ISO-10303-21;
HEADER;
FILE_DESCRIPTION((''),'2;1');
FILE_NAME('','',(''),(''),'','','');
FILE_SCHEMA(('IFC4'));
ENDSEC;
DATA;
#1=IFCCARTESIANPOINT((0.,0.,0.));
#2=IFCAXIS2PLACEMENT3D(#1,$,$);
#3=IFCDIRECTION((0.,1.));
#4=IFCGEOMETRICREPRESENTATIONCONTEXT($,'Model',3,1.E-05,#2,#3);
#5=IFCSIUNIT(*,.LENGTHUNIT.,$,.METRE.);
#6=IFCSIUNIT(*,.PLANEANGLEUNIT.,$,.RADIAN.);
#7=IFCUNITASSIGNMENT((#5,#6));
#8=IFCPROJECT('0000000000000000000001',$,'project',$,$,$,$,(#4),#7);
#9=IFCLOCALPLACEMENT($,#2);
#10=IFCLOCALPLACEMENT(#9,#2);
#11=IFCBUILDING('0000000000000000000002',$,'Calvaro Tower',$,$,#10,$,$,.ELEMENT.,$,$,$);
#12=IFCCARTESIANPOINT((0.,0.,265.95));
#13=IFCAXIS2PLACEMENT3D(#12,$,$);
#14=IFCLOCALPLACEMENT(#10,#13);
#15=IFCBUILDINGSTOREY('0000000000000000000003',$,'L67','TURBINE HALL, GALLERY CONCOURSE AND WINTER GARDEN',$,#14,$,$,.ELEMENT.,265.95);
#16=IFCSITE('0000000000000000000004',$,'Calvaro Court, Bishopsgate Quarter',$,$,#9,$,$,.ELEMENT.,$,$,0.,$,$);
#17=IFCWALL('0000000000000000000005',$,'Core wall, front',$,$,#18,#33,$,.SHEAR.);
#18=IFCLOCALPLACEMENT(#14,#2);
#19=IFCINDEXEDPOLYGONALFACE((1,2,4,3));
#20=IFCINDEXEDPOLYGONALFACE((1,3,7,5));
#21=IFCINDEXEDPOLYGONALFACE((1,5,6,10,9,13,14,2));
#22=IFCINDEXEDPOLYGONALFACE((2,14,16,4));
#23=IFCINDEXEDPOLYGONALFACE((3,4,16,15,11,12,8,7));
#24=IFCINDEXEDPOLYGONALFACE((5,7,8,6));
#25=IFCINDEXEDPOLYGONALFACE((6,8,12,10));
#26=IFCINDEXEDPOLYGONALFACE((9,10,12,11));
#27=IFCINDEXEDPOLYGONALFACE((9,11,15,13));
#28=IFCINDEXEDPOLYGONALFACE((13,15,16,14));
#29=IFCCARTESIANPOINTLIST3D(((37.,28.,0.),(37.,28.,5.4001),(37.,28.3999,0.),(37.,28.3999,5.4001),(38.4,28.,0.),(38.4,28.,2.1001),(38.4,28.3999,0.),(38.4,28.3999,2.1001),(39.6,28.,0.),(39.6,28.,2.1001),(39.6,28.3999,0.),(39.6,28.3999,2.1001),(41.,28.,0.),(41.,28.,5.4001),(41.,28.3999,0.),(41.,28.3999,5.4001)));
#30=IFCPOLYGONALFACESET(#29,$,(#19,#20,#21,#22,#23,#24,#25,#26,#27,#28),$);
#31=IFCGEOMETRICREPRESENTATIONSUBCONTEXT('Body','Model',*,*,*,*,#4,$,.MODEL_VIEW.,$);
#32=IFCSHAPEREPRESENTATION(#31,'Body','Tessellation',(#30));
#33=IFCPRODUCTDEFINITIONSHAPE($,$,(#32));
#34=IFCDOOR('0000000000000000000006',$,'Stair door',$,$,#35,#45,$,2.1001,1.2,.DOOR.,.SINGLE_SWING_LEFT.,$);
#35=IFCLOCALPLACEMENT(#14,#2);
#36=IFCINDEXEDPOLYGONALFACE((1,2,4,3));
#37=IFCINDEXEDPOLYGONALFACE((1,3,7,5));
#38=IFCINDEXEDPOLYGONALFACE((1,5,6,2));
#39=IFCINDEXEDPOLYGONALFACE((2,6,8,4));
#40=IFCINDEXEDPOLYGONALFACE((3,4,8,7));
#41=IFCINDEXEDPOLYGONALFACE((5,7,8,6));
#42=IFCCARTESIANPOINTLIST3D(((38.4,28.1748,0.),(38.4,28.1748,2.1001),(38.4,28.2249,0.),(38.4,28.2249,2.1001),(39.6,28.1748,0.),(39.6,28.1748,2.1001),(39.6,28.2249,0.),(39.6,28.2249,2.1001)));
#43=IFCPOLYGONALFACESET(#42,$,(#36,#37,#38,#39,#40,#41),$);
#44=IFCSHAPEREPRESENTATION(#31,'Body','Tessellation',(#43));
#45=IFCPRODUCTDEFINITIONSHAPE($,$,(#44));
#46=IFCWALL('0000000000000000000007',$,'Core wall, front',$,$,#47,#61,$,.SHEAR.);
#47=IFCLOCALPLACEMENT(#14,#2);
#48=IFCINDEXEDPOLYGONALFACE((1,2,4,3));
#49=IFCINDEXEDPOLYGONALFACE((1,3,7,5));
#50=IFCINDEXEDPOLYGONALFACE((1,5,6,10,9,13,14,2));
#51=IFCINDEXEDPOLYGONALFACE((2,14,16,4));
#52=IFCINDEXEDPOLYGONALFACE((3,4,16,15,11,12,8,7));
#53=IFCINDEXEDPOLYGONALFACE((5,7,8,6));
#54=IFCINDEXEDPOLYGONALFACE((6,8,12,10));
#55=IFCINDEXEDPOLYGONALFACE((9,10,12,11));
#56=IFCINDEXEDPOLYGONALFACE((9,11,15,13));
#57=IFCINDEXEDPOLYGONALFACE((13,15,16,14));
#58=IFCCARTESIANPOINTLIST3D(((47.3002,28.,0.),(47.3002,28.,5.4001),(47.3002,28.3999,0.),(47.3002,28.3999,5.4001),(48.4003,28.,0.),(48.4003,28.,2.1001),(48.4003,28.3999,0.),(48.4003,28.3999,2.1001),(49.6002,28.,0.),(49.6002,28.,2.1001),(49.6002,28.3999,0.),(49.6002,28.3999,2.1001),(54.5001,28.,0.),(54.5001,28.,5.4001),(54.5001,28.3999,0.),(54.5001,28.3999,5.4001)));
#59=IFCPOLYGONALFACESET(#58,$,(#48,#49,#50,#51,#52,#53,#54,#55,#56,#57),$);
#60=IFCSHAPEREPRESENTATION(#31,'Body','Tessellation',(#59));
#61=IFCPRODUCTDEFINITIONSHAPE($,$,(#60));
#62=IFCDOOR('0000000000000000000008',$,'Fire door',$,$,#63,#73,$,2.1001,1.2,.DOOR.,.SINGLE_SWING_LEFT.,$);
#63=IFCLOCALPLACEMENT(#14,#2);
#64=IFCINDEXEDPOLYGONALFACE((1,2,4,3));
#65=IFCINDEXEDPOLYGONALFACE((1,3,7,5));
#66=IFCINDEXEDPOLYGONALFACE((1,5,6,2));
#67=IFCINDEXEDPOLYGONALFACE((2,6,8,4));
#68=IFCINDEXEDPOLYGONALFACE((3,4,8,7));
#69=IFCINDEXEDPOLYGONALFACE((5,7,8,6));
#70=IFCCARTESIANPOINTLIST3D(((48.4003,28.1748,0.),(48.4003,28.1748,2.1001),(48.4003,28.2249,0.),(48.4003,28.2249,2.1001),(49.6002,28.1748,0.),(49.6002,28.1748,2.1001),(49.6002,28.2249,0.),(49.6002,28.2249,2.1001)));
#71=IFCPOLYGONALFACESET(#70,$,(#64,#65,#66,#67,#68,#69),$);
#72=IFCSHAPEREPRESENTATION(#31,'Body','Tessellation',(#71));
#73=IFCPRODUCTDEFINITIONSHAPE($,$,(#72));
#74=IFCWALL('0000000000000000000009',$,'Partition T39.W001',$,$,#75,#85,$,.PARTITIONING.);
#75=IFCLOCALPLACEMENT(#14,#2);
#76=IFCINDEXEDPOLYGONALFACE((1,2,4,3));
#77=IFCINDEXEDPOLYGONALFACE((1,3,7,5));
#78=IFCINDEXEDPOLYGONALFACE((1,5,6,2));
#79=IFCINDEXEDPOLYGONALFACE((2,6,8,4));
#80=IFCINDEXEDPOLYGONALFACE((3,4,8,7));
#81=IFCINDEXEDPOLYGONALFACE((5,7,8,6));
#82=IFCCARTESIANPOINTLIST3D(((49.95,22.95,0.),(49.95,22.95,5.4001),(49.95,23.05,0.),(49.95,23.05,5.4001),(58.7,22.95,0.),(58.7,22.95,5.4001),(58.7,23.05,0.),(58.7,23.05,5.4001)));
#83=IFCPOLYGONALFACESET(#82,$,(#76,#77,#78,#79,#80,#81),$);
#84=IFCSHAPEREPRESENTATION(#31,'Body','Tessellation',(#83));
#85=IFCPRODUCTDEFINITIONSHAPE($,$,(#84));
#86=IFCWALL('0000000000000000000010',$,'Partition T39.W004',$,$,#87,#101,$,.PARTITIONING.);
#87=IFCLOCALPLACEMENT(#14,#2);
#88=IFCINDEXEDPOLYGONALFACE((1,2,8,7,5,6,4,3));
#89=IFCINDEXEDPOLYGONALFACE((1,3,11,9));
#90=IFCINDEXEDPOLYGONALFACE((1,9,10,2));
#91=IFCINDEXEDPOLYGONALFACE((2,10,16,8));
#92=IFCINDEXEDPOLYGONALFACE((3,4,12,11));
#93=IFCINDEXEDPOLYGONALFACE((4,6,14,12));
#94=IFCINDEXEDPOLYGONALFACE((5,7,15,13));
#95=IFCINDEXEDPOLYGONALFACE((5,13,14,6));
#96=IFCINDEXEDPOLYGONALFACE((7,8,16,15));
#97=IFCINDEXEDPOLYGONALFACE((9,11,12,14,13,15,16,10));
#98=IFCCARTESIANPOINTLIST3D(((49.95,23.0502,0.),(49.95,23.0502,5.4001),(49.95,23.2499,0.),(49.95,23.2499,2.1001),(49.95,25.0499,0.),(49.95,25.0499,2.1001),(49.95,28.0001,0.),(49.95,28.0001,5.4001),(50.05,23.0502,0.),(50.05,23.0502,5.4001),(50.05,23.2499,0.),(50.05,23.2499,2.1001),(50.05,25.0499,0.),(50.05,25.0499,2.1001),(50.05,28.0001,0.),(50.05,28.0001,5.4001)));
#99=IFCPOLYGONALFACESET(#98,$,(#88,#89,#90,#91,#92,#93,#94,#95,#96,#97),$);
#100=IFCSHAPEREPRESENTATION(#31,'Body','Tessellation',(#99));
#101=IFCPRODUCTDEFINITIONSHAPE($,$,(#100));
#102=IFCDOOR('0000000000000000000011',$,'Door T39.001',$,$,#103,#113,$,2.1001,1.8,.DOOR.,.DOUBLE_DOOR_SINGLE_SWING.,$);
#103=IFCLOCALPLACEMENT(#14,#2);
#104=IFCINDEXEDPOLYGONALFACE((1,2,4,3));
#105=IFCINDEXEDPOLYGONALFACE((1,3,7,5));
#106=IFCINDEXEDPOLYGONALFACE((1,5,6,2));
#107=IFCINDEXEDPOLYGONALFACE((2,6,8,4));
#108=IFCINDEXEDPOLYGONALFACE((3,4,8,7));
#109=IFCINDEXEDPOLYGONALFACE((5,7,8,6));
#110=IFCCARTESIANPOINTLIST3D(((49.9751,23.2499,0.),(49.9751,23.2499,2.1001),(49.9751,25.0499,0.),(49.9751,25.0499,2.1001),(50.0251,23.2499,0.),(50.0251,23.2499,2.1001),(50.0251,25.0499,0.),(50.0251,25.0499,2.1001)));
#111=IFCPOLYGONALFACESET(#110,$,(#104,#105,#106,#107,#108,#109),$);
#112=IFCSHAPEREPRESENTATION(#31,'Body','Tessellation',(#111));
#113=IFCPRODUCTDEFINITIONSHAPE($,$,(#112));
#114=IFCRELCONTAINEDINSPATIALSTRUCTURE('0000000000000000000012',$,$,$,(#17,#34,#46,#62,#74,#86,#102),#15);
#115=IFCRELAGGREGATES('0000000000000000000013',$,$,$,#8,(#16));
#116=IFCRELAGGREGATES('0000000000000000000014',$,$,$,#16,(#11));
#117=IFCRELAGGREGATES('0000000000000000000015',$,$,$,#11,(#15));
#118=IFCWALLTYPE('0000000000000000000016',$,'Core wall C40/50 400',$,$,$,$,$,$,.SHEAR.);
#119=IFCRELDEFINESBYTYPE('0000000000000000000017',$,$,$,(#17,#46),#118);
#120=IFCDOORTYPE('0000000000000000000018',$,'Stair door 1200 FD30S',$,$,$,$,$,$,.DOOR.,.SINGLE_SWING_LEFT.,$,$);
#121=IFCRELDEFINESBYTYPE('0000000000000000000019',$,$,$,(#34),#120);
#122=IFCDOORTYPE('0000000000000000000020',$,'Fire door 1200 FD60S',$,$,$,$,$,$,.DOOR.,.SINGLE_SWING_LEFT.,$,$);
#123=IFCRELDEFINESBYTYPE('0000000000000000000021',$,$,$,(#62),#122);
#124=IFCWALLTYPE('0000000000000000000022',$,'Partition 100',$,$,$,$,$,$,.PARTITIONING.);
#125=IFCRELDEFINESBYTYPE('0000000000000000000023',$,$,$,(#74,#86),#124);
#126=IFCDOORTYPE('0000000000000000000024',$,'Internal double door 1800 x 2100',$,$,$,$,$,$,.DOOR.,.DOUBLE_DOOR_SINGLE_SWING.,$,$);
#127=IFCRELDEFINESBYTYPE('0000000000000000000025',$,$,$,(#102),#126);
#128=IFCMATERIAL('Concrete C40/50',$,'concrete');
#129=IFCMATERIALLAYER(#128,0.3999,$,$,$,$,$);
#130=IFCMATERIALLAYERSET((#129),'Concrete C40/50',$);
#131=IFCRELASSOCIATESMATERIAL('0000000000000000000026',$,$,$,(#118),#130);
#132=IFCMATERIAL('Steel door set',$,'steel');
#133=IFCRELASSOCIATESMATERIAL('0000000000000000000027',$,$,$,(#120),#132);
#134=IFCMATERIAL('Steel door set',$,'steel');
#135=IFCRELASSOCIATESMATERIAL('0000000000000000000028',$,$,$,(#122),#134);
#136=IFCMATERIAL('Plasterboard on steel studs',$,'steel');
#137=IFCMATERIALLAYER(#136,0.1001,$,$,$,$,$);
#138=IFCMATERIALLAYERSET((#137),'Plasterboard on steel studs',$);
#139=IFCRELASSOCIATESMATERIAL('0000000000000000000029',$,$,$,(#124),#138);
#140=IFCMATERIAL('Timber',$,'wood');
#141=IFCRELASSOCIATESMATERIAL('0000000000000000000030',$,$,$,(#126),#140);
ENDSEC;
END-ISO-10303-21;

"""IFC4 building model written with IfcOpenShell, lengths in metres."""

from ifc_helpers import new_model, si_unit, direction, frame, frame_2d, origin, place, context, subcontext, project, spatial, rectangle, extrude, material, layer, layer_set, type_object, element, fill, save


model = new_model("IFC4")

# Units and contexts
model_context = context("Model", 3, precision=1e-05, world=origin(), true_north=direction((0.0, 1.0)))
body_context = subcontext(model_context, "Body", "Model", "MODEL_VIEW")
ifc_project = project(units=[si_unit("LENGTHUNIT", "METRE"), si_unit("PLANEANGLEUNIT", "RADIAN")], contexts=[model_context])

# Site, building, storey
site_placement = place(None, origin())
site = spatial("IfcSite", under=ifc_project, at=site_placement, Name="Calvaro Court, Bishopsgate Quarter", CompositionType="ELEMENT", RefElevation=0.0)
building_placement = place(site_placement, origin())
building = spatial("IfcBuilding", under=site, at=building_placement, Name="Calvaro Tower", CompositionType="ELEMENT")
storey_placement = place(building_placement, frame((0.0, 0.0, 265.95)))
storey = spatial("IfcBuildingStorey", under=building, at=storey_placement, Name="L67", Description="TURBINE HALL, GALLERY CONCOURSE AND WINTER GARDEN", CompositionType="ELEMENT", Elevation=265.95)

# Walls, openings, doors
ifc_material_1 = material(Name="Concrete C40/50", Category="concrete")
ifc_layer_1 = layer(ifc_material_1, 0.3999)
ifc_layer_set_1 = layer_set([ifc_layer_1], Name="Concrete C40/50")
wall_type_1 = type_object("IfcWallType", Name="Core wall C40/50 400", PredefinedType="SHEAR", material=ifc_layer_set_1)
wall_1_placement = place(storey_placement, frame((37.0, 28.2, 0.0), z_axis=(0.0, 0.0, 1.0), x_axis=(1.0, 0.0, 0.0)))
wall_1 = element("IfcWall", 1, at=wall_1_placement, inside=storey, type_object=wall_type_1, Name="Core wall, front", PredefinedType="SHEAR", context=body_context, shape_type="SweptSolid", body=[
    extrude(rectangle(XDim=4.0, YDim=0.3999, at=frame_2d((2.0, 0.0))), origin(), (0.0, 0.0, 1.0), 5.4001),
])
opening_1_placement = place(wall_1_placement, frame((1.3999, 0.0, 0.0)))
opening_1 = element("IfcOpeningElement", 2, at=opening_1_placement, cuts=wall_1, PredefinedType="OPENING", context=body_context, shape_type="SweptSolid", body=[
    extrude(rectangle(XDim=1.2, YDim=2.1001, at=frame_2d((0.6001, 1.05))), frame((0.0, 0.21, 0.0), z_axis=(0.0, -1.0, 0.0), x_axis=(1.0, 0.0, 0.0)), (0.0, 0.0, 1.0), 0.4199),
])
ifc_material_2 = material(Name="Steel door set", Category="steel")
door_type_1 = type_object("IfcDoorType", Name="Stair door 1200 FD30S", OperationType="SINGLE_SWING_LEFT", PredefinedType="DOOR", material=ifc_material_2)
door_1_placement = place(opening_1_placement, origin())
door_1 = element("IfcDoor", 3, at=door_1_placement, inside=storey, type_object=door_type_1, Name="Stair door", OperationType="SINGLE_SWING_LEFT", OverallHeight=2.1001, OverallWidth=1.2, PredefinedType="DOOR", context=body_context, shape_type="SweptSolid", body=[
    extrude(rectangle(XDim=1.2, YDim=2.1001, at=frame_2d((0.6001, 1.05))), frame((0.0, 0.0249, 0.0), z_axis=(0.0, -1.0, 0.0), x_axis=(1.0, 0.0, 0.0)), (0.0, 0.0, 1.0), 0.05),
])
fill(opening_1, door_1)
wall_2_placement = place(storey_placement, frame((47.3, 28.2, 0.0), z_axis=(0.0, 0.0, 1.0), x_axis=(1.0, 0.0, 0.0)))
wall_2 = element("IfcWall", 4, at=wall_2_placement, inside=storey, type_object=wall_type_1, Name="Core wall, front", PredefinedType="SHEAR", context=body_context, shape_type="SweptSolid", body=[
    extrude(rectangle(XDim=7.2, YDim=0.3999, at=frame_2d((3.6001, 0.0))), origin(), (0.0, 0.0, 1.0), 5.4001),
])
opening_2_placement = place(wall_2_placement, frame((1.1001, 0.0, 0.0)))
opening_2 = element("IfcOpeningElement", 5, at=opening_2_placement, cuts=wall_2, PredefinedType="OPENING", context=body_context, shape_type="SweptSolid", body=[
    extrude(rectangle(XDim=1.2, YDim=2.1001, at=frame_2d((0.6001, 1.05))), frame((0.0, 0.21, 0.0), z_axis=(0.0, -1.0, 0.0), x_axis=(1.0, 0.0, 0.0)), (0.0, 0.0, 1.0), 0.4199),
])
ifc_material_3 = material(Name="Steel door set", Category="steel")
door_type_2 = type_object("IfcDoorType", Name="Fire door 1200 FD60S", OperationType="SINGLE_SWING_LEFT", PredefinedType="DOOR", material=ifc_material_3)
door_2_placement = place(opening_2_placement, origin())
door_2 = element("IfcDoor", 6, at=door_2_placement, inside=storey, type_object=door_type_2, Name="Fire door", OperationType="SINGLE_SWING_LEFT", OverallHeight=2.1001, OverallWidth=1.2, PredefinedType="DOOR", context=body_context, shape_type="SweptSolid", body=[
    extrude(rectangle(XDim=1.2, YDim=2.1001, at=frame_2d((0.6001, 1.05))), frame((0.0, 0.0249, 0.0), z_axis=(0.0, -1.0, 0.0), x_axis=(1.0, 0.0, 0.0)), (0.0, 0.0, 1.0), 0.05),
])
fill(opening_2, door_2)

# Wall
ifc_material_4 = material(Name="Plasterboard on steel studs", Category="steel")
ifc_layer_2 = layer(ifc_material_4, 0.1001)
ifc_layer_set_2 = layer_set([ifc_layer_2], Name="Plasterboard on steel studs")
wall_type_2 = type_object("IfcWallType", Name="Partition 100", PredefinedType="PARTITIONING", material=ifc_layer_set_2)
wall_3_placement = place(storey_placement, frame((49.95, 23.0, 0.0), z_axis=(0.0, 0.0, 1.0), x_axis=(1.0, 0.0, 0.0)))
element("IfcWall", 7, at=wall_3_placement, inside=storey, type_object=wall_type_2, Name="Partition T39.W001", PredefinedType="PARTITIONING", context=body_context, shape_type="SweptSolid", body=[
    extrude(rectangle(XDim=8.75, YDim=0.1001, at=frame_2d((4.375, 0.0))), origin(), (0.0, 0.0, 1.0), 5.4001),
])

# Wall, opening, door
wall_4_placement = place(storey_placement, frame((50.0, 23.05, 0.0), z_axis=(0.0, 0.0, 1.0), x_axis=(0.0, 1.0, 0.0)))
wall_4 = element("IfcWall", 8, at=wall_4_placement, inside=storey, type_object=wall_type_2, Name="Partition T39.W004", PredefinedType="PARTITIONING", context=body_context, shape_type="SweptSolid", body=[
    extrude(rectangle(XDim=4.95, YDim=0.1001, at=frame_2d((2.4751, 0.0))), origin(), (0.0, 0.0, 1.0), 5.4001),
])
opening_3_placement = place(wall_4_placement, frame((0.2, 0.0, 0.0)))
opening_3 = element("IfcOpeningElement", 9, at=opening_3_placement, cuts=wall_4, PredefinedType="OPENING", context=body_context, shape_type="SweptSolid", body=[
    extrude(rectangle(XDim=1.8, YDim=2.1001, at=frame_2d((0.8999, 1.05))), frame((0.0, 0.0601, 0.0), z_axis=(0.0, -1.0, 0.0), x_axis=(1.0, 0.0, 0.0)), (0.0, 0.0, 1.0), 0.1201),
])
ifc_material_5 = material(Name="Timber", Category="wood")
door_type_3 = type_object("IfcDoorType", Name="Internal double door 1800 x 2100", OperationType="DOUBLE_DOOR_SINGLE_SWING", PredefinedType="DOOR", material=ifc_material_5)
door_3_placement = place(opening_3_placement, origin())
door_3 = element("IfcDoor", 10, at=door_3_placement, inside=storey, type_object=door_type_3, Name="Door T39.001", OperationType="DOUBLE_DOOR_SINGLE_SWING", OverallHeight=2.1001, OverallWidth=1.8, PredefinedType="DOOR", context=body_context, shape_type="SweptSolid", body=[
    extrude(rectangle(XDim=1.8, YDim=2.1001, at=frame_2d((0.8999, 1.05))), frame((0.0, 0.0249, 0.0), z_axis=(0.0, -1.0, 0.0), x_axis=(1.0, 0.0, 0.0)), (0.0, 0.0, 1.0), 0.05),
])
fill(opening_3, door_3)

save(model, "model.ifc")
